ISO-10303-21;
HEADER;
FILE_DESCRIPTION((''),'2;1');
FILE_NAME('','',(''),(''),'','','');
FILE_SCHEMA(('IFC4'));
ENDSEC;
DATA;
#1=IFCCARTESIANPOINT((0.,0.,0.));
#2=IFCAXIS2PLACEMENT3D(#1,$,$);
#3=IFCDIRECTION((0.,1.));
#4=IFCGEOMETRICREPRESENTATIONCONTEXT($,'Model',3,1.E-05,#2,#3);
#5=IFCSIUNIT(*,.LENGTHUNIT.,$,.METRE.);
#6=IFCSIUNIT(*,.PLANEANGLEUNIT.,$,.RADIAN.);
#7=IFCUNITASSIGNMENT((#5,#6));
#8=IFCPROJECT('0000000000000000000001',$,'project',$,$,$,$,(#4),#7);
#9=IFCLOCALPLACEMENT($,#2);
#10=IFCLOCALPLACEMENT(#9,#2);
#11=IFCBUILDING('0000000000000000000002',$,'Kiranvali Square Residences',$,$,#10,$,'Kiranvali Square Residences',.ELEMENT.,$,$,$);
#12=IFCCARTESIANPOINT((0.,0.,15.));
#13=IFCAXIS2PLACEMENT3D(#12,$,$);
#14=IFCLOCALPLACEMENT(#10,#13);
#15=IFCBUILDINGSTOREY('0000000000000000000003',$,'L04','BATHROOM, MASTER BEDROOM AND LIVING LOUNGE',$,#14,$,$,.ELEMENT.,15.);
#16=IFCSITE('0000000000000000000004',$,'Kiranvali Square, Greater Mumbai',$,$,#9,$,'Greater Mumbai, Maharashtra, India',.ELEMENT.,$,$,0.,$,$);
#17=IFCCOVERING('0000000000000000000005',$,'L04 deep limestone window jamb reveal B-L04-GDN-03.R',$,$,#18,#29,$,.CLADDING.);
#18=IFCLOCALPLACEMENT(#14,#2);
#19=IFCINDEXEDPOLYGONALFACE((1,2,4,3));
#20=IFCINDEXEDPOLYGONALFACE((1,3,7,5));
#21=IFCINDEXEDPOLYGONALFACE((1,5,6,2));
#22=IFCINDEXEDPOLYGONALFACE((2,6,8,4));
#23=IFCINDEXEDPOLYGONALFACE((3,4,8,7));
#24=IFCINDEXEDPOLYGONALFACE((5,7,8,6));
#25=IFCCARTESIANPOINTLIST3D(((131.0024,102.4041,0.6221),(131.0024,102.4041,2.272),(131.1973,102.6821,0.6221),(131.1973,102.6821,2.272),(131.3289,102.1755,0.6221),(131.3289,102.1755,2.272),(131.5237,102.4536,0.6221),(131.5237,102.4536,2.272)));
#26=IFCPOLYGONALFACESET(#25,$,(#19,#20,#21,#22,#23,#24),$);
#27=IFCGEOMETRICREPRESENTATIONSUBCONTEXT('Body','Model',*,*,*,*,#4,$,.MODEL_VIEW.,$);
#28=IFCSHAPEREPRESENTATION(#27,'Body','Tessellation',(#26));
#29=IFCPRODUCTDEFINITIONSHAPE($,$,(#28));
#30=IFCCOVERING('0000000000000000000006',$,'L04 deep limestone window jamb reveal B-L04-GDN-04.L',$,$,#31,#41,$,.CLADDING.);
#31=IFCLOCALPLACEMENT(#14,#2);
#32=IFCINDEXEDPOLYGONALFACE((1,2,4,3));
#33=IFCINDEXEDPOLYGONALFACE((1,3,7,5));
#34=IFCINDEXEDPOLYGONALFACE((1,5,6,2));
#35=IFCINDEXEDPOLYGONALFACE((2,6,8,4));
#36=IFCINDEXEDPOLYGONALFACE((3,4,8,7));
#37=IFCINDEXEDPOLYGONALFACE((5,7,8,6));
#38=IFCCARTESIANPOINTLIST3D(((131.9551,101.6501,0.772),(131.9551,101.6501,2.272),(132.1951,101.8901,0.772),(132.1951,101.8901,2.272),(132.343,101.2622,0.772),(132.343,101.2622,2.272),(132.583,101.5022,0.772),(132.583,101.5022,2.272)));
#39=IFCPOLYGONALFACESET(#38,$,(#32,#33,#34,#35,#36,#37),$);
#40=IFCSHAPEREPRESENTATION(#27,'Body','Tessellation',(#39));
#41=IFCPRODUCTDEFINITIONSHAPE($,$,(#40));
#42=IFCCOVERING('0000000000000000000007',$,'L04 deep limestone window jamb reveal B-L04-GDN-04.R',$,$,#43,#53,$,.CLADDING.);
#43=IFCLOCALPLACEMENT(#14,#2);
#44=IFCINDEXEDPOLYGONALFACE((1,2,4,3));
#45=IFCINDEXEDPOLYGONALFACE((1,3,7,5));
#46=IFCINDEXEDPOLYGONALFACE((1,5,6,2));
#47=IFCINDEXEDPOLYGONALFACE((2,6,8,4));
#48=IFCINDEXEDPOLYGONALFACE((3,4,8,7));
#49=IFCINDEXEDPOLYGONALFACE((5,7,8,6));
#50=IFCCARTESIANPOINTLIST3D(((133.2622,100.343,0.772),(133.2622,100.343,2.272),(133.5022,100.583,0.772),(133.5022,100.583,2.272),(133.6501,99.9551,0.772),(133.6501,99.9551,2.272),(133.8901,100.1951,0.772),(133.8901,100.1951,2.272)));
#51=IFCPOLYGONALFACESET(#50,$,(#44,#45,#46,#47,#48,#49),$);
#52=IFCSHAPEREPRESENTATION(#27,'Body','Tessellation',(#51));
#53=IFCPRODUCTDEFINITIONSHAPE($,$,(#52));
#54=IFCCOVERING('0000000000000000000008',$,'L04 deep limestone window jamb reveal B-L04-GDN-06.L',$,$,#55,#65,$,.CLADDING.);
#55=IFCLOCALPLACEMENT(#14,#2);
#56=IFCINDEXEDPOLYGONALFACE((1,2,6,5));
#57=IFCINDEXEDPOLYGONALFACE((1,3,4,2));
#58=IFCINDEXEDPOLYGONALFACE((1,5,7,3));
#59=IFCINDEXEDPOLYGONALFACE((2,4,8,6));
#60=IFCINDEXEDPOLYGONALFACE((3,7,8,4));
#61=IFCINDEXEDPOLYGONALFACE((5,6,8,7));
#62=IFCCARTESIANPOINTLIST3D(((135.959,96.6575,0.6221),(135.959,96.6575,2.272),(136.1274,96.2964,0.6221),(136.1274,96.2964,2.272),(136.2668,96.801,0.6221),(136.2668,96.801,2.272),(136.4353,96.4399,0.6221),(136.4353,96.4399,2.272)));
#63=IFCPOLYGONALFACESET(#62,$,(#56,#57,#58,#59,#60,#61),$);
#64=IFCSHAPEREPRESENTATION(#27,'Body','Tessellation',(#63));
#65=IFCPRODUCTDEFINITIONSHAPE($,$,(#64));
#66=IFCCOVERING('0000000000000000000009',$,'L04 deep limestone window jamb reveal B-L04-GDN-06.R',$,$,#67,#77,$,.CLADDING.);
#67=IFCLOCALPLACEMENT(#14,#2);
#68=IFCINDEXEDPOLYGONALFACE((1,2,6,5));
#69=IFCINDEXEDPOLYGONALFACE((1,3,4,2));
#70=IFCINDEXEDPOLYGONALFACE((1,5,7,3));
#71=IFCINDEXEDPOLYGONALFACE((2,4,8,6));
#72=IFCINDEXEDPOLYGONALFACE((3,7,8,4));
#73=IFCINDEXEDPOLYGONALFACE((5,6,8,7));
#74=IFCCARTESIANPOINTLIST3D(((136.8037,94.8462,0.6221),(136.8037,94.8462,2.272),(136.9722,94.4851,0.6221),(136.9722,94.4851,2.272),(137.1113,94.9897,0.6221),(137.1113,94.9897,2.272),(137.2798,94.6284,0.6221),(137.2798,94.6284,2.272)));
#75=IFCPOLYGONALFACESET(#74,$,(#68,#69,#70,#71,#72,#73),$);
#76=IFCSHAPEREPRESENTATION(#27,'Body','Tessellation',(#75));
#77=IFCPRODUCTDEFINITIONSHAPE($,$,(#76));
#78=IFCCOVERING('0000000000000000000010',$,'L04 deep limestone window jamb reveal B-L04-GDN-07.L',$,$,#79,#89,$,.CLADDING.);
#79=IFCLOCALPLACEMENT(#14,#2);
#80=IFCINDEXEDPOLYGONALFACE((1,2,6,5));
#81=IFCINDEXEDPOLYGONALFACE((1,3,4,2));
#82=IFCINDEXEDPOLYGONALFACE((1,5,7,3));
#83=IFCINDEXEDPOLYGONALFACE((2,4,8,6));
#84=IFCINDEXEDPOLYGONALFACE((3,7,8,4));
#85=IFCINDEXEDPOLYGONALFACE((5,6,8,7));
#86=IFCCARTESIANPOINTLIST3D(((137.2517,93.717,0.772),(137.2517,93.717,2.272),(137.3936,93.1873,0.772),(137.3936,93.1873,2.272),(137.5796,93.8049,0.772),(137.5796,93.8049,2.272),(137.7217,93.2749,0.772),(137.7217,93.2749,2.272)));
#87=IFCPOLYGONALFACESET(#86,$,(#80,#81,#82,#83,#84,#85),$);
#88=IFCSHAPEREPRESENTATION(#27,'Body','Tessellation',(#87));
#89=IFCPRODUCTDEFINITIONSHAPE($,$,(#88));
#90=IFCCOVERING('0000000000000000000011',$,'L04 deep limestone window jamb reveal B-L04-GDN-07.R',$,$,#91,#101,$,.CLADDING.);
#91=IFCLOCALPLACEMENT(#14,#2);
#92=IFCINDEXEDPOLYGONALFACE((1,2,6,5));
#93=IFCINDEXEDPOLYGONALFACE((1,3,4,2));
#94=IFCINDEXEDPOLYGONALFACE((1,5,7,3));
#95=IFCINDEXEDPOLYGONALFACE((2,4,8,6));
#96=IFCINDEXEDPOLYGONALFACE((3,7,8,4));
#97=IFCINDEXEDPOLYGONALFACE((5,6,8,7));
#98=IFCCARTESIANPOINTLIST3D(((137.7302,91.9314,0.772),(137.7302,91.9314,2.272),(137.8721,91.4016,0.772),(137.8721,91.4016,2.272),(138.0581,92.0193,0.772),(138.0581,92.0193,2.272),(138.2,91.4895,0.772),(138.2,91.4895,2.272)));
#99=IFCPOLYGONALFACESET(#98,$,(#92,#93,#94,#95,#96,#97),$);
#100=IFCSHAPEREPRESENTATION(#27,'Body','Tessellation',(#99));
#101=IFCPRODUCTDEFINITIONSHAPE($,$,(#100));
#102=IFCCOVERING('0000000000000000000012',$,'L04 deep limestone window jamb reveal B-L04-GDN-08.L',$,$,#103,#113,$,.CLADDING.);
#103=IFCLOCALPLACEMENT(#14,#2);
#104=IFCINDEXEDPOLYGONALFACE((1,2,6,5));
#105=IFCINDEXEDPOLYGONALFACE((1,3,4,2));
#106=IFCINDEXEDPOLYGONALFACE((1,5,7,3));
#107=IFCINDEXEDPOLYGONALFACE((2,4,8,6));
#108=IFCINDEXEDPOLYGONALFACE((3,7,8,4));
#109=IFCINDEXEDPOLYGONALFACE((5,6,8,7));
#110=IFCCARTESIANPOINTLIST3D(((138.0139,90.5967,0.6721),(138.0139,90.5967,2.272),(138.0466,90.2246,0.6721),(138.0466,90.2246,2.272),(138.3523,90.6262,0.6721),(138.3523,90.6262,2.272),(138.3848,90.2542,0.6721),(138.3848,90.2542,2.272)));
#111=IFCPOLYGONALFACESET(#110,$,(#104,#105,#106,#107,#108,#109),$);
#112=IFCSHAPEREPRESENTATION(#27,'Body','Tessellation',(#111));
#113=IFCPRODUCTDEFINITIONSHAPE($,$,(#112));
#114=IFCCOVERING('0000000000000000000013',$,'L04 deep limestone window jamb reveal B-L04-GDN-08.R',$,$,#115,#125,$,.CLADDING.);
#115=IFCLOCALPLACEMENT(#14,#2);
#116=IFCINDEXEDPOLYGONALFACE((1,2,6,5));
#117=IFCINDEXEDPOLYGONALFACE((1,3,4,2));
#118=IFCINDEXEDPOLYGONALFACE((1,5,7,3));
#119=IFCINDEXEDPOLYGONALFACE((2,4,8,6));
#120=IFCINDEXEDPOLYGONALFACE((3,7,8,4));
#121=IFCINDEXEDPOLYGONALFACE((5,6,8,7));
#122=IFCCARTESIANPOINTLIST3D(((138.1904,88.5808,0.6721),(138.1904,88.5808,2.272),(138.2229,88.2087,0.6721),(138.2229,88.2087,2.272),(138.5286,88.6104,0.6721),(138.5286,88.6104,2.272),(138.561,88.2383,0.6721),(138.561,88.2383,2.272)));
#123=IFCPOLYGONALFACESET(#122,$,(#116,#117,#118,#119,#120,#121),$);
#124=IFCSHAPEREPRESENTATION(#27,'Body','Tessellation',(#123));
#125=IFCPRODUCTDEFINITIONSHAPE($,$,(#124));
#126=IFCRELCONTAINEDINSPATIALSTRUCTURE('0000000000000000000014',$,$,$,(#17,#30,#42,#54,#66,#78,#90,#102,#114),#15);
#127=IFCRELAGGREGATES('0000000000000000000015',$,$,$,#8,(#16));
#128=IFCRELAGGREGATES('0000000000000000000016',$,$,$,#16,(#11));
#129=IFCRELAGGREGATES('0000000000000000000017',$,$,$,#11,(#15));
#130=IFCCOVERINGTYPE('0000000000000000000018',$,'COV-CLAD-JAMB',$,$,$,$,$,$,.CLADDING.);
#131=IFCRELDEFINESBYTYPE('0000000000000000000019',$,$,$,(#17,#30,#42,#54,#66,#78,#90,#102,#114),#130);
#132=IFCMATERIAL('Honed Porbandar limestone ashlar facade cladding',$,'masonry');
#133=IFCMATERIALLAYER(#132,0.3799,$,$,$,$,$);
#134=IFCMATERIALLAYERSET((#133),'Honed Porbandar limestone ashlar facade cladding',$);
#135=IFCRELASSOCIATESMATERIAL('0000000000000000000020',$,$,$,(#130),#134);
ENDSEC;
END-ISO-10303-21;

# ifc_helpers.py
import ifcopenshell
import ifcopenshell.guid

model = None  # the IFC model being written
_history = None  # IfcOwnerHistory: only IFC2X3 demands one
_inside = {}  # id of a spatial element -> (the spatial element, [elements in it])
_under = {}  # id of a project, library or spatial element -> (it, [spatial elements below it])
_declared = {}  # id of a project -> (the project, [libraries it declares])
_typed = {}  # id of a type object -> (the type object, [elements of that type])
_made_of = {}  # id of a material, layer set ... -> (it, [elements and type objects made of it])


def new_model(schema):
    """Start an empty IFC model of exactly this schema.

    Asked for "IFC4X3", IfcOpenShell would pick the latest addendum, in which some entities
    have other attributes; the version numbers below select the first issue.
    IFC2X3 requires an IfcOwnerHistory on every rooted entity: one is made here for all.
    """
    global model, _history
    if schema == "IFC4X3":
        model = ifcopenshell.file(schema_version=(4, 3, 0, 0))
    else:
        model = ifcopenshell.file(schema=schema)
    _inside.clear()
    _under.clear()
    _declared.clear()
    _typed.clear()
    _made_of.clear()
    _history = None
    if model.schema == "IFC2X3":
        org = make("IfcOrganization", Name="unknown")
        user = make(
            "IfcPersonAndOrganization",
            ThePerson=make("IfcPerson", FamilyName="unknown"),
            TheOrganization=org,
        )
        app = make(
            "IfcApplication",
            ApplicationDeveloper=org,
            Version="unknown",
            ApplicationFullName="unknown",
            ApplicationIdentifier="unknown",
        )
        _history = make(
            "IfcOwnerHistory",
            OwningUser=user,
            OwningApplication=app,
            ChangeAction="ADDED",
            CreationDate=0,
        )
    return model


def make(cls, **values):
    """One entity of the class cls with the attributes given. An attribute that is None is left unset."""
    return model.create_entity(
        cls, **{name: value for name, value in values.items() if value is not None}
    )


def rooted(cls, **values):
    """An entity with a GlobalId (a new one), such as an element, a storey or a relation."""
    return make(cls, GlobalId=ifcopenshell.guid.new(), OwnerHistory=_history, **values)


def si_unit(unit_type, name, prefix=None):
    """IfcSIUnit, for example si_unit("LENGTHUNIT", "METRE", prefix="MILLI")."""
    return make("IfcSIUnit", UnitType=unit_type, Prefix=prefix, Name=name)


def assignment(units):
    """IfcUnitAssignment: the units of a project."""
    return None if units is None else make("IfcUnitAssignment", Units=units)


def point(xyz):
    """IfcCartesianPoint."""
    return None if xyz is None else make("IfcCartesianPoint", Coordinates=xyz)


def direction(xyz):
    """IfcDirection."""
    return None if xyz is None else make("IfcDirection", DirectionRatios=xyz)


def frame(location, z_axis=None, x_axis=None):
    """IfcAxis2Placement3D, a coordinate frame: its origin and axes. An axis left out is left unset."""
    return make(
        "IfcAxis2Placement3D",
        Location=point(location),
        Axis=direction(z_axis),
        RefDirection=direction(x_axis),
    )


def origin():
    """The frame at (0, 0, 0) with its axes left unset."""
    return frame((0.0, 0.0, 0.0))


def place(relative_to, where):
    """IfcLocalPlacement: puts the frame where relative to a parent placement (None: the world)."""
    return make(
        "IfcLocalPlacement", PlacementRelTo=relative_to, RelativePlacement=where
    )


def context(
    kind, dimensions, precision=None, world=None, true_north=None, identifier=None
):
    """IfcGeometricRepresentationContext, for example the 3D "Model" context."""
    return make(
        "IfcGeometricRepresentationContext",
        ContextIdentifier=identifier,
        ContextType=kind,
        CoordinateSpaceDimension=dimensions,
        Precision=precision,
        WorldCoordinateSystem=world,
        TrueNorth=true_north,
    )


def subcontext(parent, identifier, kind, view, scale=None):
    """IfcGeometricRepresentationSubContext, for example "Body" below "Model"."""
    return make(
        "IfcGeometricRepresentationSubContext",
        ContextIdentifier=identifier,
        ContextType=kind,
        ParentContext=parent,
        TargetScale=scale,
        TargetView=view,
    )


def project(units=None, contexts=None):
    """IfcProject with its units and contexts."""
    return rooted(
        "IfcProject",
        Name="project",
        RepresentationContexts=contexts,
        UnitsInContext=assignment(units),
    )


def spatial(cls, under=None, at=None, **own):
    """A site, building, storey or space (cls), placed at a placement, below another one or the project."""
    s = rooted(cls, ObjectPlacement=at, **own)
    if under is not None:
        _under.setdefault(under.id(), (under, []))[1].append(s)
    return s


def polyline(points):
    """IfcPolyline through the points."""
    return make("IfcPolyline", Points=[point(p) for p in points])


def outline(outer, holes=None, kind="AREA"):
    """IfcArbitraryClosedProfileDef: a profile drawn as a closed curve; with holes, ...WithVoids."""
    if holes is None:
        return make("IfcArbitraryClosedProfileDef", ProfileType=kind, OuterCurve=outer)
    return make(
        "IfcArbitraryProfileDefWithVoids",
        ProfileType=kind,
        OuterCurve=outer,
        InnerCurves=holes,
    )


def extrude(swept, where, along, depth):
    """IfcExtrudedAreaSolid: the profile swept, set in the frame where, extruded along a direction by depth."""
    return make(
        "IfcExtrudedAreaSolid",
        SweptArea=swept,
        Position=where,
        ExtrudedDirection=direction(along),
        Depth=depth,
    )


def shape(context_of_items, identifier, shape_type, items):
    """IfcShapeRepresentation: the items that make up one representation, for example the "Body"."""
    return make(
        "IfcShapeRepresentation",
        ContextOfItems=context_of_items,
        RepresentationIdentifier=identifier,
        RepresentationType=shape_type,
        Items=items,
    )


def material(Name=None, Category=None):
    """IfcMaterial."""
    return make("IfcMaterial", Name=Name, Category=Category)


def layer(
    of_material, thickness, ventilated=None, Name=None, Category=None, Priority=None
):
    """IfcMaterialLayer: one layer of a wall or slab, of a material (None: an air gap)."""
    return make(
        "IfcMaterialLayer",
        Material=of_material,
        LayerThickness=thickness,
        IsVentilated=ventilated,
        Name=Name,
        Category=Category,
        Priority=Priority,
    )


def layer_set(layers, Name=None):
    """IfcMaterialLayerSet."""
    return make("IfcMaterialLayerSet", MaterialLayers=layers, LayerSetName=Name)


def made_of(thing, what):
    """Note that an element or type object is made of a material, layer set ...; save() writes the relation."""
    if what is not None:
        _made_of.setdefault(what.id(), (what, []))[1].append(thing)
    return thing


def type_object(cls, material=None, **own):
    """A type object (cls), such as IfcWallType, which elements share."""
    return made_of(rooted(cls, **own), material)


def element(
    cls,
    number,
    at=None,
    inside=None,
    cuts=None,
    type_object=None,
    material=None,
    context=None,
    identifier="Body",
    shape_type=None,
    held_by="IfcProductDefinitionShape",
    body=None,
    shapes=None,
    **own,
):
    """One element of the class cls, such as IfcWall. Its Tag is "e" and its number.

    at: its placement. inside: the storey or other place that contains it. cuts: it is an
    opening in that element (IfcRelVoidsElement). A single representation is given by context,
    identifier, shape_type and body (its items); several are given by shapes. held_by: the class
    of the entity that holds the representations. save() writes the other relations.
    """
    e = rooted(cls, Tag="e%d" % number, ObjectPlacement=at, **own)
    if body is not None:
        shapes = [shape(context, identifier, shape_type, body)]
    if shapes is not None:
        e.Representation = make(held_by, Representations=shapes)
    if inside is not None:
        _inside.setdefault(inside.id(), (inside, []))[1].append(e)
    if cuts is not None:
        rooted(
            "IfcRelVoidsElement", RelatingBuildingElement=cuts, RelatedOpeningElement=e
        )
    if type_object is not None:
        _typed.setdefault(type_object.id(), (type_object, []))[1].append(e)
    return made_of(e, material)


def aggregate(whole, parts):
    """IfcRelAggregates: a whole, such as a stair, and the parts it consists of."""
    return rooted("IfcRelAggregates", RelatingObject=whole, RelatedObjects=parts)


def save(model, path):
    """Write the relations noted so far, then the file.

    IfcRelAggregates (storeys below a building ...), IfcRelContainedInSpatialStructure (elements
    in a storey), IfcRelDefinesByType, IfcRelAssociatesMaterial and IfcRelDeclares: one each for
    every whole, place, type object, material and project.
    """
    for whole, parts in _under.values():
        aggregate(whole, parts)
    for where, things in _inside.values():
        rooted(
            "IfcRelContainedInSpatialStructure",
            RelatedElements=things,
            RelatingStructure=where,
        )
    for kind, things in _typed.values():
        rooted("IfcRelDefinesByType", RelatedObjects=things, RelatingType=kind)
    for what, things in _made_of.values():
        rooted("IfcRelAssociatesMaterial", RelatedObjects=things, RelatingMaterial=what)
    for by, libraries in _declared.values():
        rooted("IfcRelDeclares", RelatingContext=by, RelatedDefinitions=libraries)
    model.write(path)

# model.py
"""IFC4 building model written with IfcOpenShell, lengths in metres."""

from ifc_helpers import new_model, si_unit, direction, frame, origin, place, context, subcontext, project, spatial, polyline, outline, extrude, material, layer, layer_set, type_object, element, save


model = new_model("IFC4")

# Units and contexts
model_context = context("Model", 3, precision=1e-05, world=origin(), true_north=direction((0.0, 1.0)))
body_context = subcontext(model_context, "Body", "Model", "MODEL_VIEW")
ifc_project = project(units=[si_unit("LENGTHUNIT", "METRE"), si_unit("PLANEANGLEUNIT", "RADIAN")], contexts=[model_context])

# Site, building, storey
site_placement = place(None, origin())
site = spatial("IfcSite", under=ifc_project, at=site_placement, Name="Kiranvali Square, Greater Mumbai", LongName="Greater Mumbai, Maharashtra, India", CompositionType="ELEMENT", RefElevation=0.0)
building_placement = place(site_placement, origin())
building = spatial("IfcBuilding", under=site, at=building_placement, Name="Kiranvali Square Residences", LongName="Kiranvali Square Residences", CompositionType="ELEMENT")
storey_placement = place(building_placement, frame((0.0, 0.0, 15.0)))
storey = spatial("IfcBuildingStorey", under=building, at=storey_placement, Name="L04", Description="BATHROOM, MASTER BEDROOM AND LIVING LOUNGE", CompositionType="ELEMENT", Elevation=15.0)

# Coverings
ifc_material = material(Name="Honed Porbandar limestone ashlar facade cladding", Category="masonry")
ifc_layer = layer(ifc_material, 0.3799)
ifc_layer_set = layer_set([ifc_layer], Name="Honed Porbandar limestone ashlar facade cladding")
covering_type = type_object("IfcCoveringType", Name="COV-CLAD-JAMB", PredefinedType="CLADDING", material=ifc_layer_set)
covering_1_placement = place(storey_placement, frame((0.0, 0.0, 0.6221)))
element("IfcCovering", 1, at=covering_1_placement, inside=storey, type_object=covering_type, Name="L04 deep limestone window jamb reveal B-L04-GDN-03.R", PredefinedType="CLADDING", context=body_context, shape_type="SweptSolid", body=[
    extrude(outline(polyline([(131.0024, 102.4041), (131.3289, 102.1755), (131.5237, 102.4536), (131.1973, 102.6821), (131.0024, 102.4041)])), origin(), (0.0, 0.0, 1.0), 1.6499),
])
covering_2_placement = place(storey_placement, frame((0.0, 0.0, 0.772)))
element("IfcCovering", 2, at=covering_2_placement, inside=storey, type_object=covering_type, Name="L04 deep limestone window jamb reveal B-L04-GDN-04.L", PredefinedType="CLADDING", context=body_context, shape_type="SweptSolid", body=[
    extrude(outline(polyline([(131.9551, 101.6501), (132.343, 101.2622), (132.583, 101.5022), (132.1951, 101.8901), (131.9551, 101.6501)])), origin(), (0.0, 0.0, 1.0), 1.5),
])
covering_3_placement = place(storey_placement, frame((0.0, 0.0, 0.772)))
element("IfcCovering", 3, at=covering_3_placement, inside=storey, type_object=covering_type, Name="L04 deep limestone window jamb reveal B-L04-GDN-04.R", PredefinedType="CLADDING", context=body_context, shape_type="SweptSolid", body=[
    extrude(outline(polyline([(133.2622, 100.343), (133.6501, 99.9551), (133.8901, 100.1951), (133.5022, 100.583), (133.2622, 100.343)])), origin(), (0.0, 0.0, 1.0), 1.5),
])
covering_4_placement = place(storey_placement, frame((0.0, 0.0, 0.6221)))
element("IfcCovering", 4, at=covering_4_placement, inside=storey, type_object=covering_type, Name="L04 deep limestone window jamb reveal B-L04-GDN-06.L", PredefinedType="CLADDING", context=body_context, shape_type="SweptSolid", body=[
    extrude(outline(polyline([(135.959, 96.6575), (136.1274, 96.2964), (136.4353, 96.4399), (136.2668, 96.801), (135.959, 96.6575)])), origin(), (0.0, 0.0, 1.0), 1.6499),
])
covering_5_placement = place(storey_placement, frame((0.0, 0.0, 0.6221)))
element("IfcCovering", 5, at=covering_5_placement, inside=storey, type_object=covering_type, Name="L04 deep limestone window jamb reveal B-L04-GDN-06.R", PredefinedType="CLADDING", context=body_context, shape_type="SweptSolid", body=[
    extrude(outline(polyline([(136.8037, 94.8462), (136.9722, 94.4851), (137.2798, 94.6284), (137.1113, 94.9897), (136.8037, 94.8462)])), origin(), (0.0, 0.0, 1.0), 1.6499),
])
covering_6_placement = place(storey_placement, frame((0.0, 0.0, 0.772)))
element("IfcCovering", 6, at=covering_6_placement, inside=storey, type_object=covering_type, Name="L04 deep limestone window jamb reveal B-L04-GDN-07.L", PredefinedType="CLADDING", context=body_context, shape_type="SweptSolid", body=[
    extrude(outline(polyline([(137.2517, 93.717), (137.3936, 93.1873), (137.7217, 93.2749), (137.5796, 93.8049), (137.2517, 93.717)])), origin(), (0.0, 0.0, 1.0), 1.5),
])
covering_7_placement = place(storey_placement, frame((0.0, 0.0, 0.772)))
element("IfcCovering", 7, at=covering_7_placement, inside=storey, type_object=covering_type, Name="L04 deep limestone window jamb reveal B-L04-GDN-07.R", PredefinedType="CLADDING", context=body_context, shape_type="SweptSolid", body=[
    extrude(outline(polyline([(137.7302, 91.9314), (137.8721, 91.4016), (138.2, 91.4895), (138.0581, 92.0193), (137.7302, 91.9314)])), origin(), (0.0, 0.0, 1.0), 1.5),
])
covering_8_placement = place(storey_placement, frame((0.0, 0.0, 0.6721)))
element("IfcCovering", 8, at=covering_8_placement, inside=storey, type_object=covering_type, Name="L04 deep limestone window jamb reveal B-L04-GDN-08.L", PredefinedType="CLADDING", context=body_context, shape_type="SweptSolid", body=[
    extrude(outline(polyline([(138.0139, 90.5967), (138.0466, 90.2246), (138.3848, 90.2542), (138.3523, 90.6262), (138.0139, 90.5967)])), origin(), (0.0, 0.0, 1.0), 1.5999),
])
covering_9_placement = place(storey_placement, frame((0.0, 0.0, 0.6721)))
element("IfcCovering", 9, at=covering_9_placement, inside=storey, type_object=covering_type, Name="L04 deep limestone window jamb reveal B-L04-GDN-08.R", PredefinedType="CLADDING", context=body_context, shape_type="SweptSolid", body=[
    extrude(outline(polyline([(138.1904, 88.5808), (138.2229, 88.2087), (138.561, 88.2383), (138.5286, 88.6104), (138.1904, 88.5808)])), origin(), (0.0, 0.0, 1.0), 1.5999),
])

save(model, "model.ifc")
